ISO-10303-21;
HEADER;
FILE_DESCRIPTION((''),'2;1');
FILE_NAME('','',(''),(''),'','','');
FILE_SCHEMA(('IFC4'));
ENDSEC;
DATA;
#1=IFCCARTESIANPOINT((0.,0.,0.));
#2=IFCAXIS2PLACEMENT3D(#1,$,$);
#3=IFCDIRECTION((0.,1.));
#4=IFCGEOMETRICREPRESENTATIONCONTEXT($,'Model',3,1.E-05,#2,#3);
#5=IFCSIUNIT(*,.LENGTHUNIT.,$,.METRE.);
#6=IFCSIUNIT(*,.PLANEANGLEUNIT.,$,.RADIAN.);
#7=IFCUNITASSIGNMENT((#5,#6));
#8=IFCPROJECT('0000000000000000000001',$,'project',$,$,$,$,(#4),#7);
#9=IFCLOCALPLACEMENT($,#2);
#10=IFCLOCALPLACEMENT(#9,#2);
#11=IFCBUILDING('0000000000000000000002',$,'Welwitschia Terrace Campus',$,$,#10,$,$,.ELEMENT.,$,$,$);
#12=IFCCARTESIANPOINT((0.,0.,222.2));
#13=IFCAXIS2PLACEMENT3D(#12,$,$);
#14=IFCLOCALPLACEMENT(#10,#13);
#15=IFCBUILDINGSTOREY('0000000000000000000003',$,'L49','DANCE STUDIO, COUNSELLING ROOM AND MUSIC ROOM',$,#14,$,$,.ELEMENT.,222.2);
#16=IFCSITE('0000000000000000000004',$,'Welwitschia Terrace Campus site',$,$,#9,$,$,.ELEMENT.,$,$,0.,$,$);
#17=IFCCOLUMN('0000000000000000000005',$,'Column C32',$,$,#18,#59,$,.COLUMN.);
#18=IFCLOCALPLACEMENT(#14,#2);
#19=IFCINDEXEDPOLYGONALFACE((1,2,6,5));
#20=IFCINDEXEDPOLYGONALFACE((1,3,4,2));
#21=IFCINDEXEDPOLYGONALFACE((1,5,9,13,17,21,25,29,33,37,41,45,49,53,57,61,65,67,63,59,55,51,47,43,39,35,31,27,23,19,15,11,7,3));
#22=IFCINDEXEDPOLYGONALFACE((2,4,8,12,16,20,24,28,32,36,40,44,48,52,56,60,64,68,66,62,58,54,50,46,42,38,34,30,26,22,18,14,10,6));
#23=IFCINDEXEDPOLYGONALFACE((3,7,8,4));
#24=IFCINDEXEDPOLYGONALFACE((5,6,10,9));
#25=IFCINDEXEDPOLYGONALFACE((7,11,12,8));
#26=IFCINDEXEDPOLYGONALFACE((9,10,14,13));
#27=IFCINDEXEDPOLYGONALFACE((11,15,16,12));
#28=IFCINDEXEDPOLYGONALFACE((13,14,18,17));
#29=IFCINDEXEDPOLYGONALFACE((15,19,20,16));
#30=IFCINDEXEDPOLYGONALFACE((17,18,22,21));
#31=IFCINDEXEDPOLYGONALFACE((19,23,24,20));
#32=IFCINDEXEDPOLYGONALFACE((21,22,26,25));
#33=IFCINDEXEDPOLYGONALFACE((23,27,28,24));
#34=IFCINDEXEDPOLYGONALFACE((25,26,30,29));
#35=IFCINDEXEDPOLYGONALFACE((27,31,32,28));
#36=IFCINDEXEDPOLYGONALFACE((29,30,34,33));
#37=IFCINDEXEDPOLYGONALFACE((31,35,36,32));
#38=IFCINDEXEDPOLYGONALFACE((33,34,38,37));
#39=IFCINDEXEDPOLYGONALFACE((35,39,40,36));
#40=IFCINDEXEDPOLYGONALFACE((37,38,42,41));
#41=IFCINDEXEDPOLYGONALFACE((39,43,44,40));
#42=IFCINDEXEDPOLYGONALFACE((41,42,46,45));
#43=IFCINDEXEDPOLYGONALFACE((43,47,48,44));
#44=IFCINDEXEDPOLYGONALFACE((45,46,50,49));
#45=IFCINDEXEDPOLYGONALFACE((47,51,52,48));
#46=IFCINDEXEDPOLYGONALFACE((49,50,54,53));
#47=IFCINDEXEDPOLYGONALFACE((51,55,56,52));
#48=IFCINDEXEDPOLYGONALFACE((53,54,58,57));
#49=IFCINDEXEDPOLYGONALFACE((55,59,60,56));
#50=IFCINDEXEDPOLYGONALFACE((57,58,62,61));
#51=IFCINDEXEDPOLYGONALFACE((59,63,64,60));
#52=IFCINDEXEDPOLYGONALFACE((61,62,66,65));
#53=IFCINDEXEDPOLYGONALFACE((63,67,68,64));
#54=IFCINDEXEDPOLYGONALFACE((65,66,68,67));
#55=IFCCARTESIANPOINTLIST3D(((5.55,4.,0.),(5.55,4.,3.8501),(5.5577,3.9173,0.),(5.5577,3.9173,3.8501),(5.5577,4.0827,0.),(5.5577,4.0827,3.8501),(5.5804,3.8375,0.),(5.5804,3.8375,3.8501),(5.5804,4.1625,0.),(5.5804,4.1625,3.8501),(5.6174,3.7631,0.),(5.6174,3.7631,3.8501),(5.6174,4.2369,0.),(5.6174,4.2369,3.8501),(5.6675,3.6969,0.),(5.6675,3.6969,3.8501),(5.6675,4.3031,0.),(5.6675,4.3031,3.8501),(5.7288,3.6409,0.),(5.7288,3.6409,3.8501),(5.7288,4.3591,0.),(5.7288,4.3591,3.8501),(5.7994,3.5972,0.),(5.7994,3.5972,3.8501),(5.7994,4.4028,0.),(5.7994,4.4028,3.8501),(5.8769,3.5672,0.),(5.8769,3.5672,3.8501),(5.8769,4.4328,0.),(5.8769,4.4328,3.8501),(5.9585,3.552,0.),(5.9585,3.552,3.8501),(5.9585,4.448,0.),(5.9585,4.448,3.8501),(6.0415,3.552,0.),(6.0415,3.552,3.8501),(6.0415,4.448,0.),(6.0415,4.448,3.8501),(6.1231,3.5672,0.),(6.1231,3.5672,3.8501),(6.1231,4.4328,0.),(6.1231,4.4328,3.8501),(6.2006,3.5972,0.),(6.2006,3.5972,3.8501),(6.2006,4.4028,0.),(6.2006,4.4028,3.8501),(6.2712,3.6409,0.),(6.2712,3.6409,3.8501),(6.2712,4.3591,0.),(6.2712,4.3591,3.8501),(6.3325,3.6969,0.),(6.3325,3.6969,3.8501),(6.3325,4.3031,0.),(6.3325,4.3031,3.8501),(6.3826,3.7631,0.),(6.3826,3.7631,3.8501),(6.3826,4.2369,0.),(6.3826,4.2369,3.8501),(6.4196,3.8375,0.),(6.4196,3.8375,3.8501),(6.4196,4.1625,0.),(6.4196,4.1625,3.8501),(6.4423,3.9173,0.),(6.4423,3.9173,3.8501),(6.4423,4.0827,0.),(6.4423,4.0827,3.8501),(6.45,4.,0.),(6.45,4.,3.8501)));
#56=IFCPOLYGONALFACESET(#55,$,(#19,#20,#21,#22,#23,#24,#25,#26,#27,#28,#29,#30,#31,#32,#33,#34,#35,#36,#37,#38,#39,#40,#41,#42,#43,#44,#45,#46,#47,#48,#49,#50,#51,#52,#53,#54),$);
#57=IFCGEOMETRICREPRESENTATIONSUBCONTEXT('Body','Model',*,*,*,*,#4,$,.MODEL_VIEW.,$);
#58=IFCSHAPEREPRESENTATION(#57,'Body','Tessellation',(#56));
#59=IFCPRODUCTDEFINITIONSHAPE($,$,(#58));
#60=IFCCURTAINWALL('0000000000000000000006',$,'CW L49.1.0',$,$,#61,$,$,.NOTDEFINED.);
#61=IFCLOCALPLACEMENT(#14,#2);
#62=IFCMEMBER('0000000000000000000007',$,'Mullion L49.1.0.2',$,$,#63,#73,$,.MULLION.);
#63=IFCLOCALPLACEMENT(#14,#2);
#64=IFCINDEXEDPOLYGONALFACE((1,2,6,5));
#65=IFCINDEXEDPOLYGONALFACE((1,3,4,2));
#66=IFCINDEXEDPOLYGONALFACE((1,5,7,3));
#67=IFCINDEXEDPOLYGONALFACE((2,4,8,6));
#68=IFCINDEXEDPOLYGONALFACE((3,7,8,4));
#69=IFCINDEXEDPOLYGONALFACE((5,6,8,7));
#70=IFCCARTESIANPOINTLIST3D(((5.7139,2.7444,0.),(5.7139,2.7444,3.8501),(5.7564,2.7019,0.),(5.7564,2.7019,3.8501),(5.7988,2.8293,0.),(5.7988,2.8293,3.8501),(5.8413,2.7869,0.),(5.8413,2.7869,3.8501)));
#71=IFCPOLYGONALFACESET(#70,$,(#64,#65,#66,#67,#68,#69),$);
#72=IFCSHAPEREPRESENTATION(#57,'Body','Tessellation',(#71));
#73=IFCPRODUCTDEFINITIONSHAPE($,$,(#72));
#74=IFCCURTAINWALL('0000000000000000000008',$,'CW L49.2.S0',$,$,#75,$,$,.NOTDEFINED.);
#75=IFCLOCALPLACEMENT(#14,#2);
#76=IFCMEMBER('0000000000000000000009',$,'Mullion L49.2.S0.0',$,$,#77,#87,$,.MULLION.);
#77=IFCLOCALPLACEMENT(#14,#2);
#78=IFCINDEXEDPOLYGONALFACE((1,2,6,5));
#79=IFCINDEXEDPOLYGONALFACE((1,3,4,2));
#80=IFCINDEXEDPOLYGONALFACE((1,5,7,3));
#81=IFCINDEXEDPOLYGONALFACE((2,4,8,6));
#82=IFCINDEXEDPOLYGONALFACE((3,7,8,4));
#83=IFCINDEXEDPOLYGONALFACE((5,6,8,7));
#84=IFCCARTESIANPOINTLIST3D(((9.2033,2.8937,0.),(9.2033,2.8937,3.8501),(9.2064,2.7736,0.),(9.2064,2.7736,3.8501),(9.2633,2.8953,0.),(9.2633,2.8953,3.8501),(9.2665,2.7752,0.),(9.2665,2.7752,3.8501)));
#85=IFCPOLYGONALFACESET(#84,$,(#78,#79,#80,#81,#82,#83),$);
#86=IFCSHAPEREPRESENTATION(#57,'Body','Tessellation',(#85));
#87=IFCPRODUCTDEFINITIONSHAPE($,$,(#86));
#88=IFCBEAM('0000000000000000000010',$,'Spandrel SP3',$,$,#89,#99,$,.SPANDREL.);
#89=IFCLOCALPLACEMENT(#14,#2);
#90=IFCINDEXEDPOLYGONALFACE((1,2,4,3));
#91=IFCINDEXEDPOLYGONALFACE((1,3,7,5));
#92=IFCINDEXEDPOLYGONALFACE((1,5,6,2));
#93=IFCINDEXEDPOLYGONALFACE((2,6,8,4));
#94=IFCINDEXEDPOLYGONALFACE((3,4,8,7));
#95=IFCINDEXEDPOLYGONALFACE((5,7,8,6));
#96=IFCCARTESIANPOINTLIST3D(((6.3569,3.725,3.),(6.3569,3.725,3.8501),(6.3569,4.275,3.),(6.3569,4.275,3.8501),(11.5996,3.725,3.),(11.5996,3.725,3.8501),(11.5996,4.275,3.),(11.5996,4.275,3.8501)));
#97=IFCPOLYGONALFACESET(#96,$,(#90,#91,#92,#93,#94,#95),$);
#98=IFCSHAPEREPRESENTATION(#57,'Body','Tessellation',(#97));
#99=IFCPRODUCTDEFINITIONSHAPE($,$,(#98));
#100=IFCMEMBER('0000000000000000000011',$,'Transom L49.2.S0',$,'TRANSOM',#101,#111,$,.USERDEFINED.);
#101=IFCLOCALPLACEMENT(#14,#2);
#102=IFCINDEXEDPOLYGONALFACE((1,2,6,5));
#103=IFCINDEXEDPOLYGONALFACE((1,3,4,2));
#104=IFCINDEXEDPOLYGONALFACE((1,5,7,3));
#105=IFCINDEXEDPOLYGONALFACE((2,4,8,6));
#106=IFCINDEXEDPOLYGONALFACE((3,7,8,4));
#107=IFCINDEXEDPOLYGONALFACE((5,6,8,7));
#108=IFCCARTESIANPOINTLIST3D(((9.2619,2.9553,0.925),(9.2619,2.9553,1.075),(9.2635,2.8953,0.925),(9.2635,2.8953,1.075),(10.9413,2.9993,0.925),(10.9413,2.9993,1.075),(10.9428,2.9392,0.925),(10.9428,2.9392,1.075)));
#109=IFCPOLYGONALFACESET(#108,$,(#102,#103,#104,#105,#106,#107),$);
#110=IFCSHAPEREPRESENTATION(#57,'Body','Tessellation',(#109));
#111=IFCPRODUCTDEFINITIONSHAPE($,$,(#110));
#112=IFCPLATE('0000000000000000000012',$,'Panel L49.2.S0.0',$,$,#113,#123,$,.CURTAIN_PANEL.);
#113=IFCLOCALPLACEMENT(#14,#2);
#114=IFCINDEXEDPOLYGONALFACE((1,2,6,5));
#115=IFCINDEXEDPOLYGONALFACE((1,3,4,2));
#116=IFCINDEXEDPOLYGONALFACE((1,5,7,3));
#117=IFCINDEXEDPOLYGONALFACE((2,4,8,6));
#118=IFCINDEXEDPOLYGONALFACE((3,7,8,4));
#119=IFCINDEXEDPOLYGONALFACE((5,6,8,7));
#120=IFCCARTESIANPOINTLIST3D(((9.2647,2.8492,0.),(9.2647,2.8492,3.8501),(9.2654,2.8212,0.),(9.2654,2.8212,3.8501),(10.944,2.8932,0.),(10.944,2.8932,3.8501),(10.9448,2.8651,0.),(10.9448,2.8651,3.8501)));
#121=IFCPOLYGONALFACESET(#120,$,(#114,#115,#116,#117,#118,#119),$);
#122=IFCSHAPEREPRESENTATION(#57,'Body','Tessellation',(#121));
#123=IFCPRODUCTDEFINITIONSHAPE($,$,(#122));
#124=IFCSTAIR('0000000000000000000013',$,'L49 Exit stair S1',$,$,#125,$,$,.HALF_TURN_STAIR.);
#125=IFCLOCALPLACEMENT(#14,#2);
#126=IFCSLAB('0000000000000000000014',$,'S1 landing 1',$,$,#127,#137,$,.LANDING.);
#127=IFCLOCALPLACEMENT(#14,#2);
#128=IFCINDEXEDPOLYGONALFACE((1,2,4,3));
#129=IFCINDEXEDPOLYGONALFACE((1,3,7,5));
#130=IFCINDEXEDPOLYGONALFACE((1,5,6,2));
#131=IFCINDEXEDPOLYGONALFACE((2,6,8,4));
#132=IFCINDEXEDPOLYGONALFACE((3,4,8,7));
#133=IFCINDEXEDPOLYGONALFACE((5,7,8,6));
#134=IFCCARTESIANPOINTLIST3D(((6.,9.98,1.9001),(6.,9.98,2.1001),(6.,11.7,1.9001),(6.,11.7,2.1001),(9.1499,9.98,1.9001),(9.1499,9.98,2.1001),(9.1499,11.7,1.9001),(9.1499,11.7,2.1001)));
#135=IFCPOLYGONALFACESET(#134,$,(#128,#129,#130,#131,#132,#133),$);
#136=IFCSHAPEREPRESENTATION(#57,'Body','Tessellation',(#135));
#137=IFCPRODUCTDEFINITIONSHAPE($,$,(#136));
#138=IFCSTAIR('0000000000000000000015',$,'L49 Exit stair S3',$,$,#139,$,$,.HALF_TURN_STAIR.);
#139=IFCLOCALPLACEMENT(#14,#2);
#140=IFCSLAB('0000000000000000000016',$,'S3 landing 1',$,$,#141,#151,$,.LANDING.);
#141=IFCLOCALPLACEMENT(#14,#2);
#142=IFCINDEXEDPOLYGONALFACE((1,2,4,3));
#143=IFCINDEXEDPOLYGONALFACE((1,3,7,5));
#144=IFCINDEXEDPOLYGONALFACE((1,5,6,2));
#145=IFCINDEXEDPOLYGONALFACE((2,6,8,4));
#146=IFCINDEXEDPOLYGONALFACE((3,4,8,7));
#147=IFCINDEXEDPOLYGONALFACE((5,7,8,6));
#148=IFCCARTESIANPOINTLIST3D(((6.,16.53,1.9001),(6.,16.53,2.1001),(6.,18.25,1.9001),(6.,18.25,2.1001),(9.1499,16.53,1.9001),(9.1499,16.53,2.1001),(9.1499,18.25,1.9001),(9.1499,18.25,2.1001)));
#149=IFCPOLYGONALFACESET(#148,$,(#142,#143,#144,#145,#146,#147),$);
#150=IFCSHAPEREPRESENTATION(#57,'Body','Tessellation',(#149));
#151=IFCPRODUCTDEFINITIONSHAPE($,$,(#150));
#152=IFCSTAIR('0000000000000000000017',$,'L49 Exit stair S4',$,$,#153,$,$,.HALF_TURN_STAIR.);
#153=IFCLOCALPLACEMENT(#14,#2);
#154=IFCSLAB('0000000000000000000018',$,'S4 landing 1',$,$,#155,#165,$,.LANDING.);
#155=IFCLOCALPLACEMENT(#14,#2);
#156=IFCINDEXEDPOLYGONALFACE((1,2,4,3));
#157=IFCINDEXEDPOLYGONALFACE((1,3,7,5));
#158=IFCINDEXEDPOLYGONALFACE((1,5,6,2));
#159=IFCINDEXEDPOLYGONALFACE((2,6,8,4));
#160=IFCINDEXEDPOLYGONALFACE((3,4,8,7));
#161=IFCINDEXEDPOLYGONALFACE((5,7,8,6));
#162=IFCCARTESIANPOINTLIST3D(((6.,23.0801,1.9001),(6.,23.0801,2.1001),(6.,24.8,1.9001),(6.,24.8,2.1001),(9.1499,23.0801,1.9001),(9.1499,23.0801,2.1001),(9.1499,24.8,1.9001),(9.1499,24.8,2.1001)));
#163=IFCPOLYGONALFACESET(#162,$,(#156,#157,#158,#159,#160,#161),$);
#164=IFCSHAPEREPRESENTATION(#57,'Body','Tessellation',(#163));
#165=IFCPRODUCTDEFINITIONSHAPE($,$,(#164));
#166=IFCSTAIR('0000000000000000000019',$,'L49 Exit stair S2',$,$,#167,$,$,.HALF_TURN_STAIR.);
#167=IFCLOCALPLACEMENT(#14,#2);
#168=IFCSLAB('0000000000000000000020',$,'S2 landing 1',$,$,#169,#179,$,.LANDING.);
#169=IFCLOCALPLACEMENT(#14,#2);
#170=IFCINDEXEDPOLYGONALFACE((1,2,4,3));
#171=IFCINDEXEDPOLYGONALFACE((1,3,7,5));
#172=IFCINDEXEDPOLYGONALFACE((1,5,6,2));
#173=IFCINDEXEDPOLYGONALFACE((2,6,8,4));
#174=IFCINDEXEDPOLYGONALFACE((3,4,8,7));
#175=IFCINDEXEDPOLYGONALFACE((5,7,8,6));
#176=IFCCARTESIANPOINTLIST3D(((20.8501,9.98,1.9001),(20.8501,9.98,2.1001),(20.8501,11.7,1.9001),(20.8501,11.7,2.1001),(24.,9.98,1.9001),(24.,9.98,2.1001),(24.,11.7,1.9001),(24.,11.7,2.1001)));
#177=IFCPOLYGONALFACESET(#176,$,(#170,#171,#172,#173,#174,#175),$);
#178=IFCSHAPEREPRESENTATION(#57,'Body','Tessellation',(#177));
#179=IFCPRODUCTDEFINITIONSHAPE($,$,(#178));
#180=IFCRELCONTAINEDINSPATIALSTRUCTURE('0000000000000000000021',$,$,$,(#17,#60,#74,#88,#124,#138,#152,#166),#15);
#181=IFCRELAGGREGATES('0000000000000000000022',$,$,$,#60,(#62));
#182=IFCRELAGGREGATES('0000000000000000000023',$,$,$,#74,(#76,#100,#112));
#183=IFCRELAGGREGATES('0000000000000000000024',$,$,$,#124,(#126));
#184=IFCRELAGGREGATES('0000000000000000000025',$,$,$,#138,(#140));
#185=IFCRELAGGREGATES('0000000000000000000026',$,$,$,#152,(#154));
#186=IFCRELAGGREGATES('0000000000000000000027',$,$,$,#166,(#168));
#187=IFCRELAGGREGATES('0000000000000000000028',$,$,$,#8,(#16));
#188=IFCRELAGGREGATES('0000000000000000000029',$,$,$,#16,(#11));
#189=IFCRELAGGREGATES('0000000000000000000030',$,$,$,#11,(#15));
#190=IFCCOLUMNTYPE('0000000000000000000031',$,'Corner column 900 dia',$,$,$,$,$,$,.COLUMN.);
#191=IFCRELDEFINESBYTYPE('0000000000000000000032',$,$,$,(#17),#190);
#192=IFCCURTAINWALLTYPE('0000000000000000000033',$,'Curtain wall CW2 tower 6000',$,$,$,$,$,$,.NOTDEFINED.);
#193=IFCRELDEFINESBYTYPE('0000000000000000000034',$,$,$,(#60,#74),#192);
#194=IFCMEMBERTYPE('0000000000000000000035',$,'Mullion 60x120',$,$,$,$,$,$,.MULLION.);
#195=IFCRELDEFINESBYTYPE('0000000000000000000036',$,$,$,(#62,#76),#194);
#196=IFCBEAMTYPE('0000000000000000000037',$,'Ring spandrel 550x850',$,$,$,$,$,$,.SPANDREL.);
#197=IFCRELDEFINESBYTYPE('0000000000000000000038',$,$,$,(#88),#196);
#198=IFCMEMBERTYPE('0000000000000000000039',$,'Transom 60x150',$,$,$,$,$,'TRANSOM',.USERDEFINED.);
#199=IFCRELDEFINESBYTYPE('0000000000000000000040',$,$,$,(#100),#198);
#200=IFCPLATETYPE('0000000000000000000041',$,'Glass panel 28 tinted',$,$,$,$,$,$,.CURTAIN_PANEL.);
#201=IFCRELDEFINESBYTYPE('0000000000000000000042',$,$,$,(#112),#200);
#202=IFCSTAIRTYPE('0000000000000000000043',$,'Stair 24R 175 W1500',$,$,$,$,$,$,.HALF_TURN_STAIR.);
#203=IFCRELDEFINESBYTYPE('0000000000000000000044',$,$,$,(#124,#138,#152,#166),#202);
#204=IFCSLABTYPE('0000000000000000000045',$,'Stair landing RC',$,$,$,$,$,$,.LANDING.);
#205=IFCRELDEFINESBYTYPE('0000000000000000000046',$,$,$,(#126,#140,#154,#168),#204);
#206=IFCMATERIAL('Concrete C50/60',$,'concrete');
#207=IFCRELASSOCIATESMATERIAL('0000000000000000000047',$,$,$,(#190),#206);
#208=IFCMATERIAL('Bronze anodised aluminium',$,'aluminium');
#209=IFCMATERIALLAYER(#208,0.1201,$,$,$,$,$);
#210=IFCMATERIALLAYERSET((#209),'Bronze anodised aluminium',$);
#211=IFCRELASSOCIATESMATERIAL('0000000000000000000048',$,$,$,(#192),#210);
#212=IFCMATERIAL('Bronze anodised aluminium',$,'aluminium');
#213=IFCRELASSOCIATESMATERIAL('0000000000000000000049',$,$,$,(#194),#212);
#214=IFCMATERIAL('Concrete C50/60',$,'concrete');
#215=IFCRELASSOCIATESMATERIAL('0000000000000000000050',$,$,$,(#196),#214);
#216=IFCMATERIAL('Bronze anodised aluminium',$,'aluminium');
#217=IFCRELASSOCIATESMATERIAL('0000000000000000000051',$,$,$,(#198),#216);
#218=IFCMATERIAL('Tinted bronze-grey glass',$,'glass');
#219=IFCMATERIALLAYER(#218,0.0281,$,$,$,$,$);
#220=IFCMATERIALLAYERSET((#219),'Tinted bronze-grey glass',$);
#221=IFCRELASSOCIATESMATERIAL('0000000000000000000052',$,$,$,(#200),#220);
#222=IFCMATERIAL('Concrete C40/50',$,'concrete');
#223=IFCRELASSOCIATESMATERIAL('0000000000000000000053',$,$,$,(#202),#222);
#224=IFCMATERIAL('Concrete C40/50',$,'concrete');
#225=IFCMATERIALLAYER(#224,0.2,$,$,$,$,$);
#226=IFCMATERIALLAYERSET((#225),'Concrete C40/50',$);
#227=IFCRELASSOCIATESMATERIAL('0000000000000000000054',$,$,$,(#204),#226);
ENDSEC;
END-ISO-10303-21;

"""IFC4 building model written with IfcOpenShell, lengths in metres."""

from ifc_helpers import new_model, si_unit, direction, frame, origin, origin_2d, place, context, subcontext, project, spatial, polyline, rectangle, circle, outline, extrude, material, layer, layer_set, material_profile, profile_set, type_object, element, aggregate, save


model = new_model("IFC4")

# Units and contexts
model_context = context("Model", 3, precision=1e-05, world=origin(), true_north=direction((0.0, 1.0)))
body_context = subcontext(model_context, "Body", "Model", "MODEL_VIEW")
ifc_project = project(units=[si_unit("LENGTHUNIT", "METRE"), si_unit("PLANEANGLEUNIT", "RADIAN")], contexts=[model_context])

# Site, building, storey
site_placement = place(None, origin())
site = spatial("IfcSite", under=ifc_project, at=site_placement, Name="Welwitschia Terrace Campus site", CompositionType="ELEMENT", RefElevation=0.0)
building_placement = place(site_placement, origin())
building = spatial("IfcBuilding", under=site, at=building_placement, Name="Welwitschia Terrace Campus", CompositionType="ELEMENT")
storey_placement = place(building_placement, frame((0.0, 0.0, 222.2)))
storey = spatial("IfcBuildingStorey", under=building, at=storey_placement, Name="L49", Description="DANCE STUDIO, COUNSELLING ROOM AND MUSIC ROOM", CompositionType="ELEMENT", Elevation=222.2)

# Column
ifc_material_1 = material(Name="Concrete C50/60", Category="concrete")
ifc_material_profile_1 = material_profile(ifc_material_1, circle(Radius=0.45, at=origin_2d()))
ifc_profile_set_1 = profile_set([ifc_material_profile_1], Name="Concrete C50/60")
column_type = type_object("IfcColumnType", Name="Corner column 900 dia", PredefinedType="COLUMN", material=ifc_profile_set_1)
column_placement = place(storey_placement, frame((6.0, 4.0, 0.0), z_axis=(0.0, 0.0, 1.0), x_axis=(1.0, 0.0, 0.0)))
element("IfcColumn", 1, at=column_placement, inside=storey, type_object=column_type, Name="Column C32", PredefinedType="COLUMN", context=body_context, shape_type="SweptSolid", body=[
    extrude(circle(Radius=0.45, at=origin_2d()), origin(), (0.0, 0.0, 1.0), 3.8501),
])

# Curtain walls, members
ifc_material_2 = material(Name="Bronze anodised aluminium", Category="aluminium")
ifc_layer_1 = layer(ifc_material_2, 0.1201)
ifc_layer_set_1 = layer_set([ifc_layer_1], Name="Bronze anodised aluminium")
curtain_wall_type = type_object("IfcCurtainWallType", Name="Curtain wall CW2 tower 6000", PredefinedType="NOTDEFINED", material=ifc_layer_set_1)
curtain_wall_1_placement = place(storey_placement, origin())
curtain_wall_1 = element("IfcCurtainWall", 2, at=curtain_wall_1_placement, inside=storey, type_object=curtain_wall_type, Name="CW L49.1.0", PredefinedType="NOTDEFINED")
ifc_material_3 = material(Name="Bronze anodised aluminium", Category="aluminium")
ifc_material_profile_2 = material_profile(ifc_material_3, rectangle(XDim=0.1201, YDim=0.0601, at=origin_2d()))
ifc_profile_set_2 = profile_set([ifc_material_profile_2], Name="Bronze anodised aluminium")
member_type_1 = type_object("IfcMemberType", Name="Mullion 60x120", PredefinedType="MULLION", material=ifc_profile_set_2)
member_1_placement = place(storey_placement, frame((5.7776, 2.7656, 0.0), z_axis=(0.0, 0.0, 1.0), x_axis=(0.707107, 0.707107, 0.0)))
member_1 = element("IfcMember", 3, at=member_1_placement, type_object=member_type_1, Name="Mullion L49.1.0.2", PredefinedType="MULLION", context=body_context, shape_type="SweptSolid", body=[
    extrude(rectangle(XDim=0.1201, YDim=0.0601, at=origin_2d()), origin(), (0.0, 0.0, 1.0), 3.8501),
])
aggregate(curtain_wall_1, [member_1])
curtain_wall_2_placement = place(storey_placement, origin())
curtain_wall_2 = element("IfcCurtainWall", 4, at=curtain_wall_2_placement, inside=storey, type_object=curtain_wall_type, Name="CW L49.2.S0", PredefinedType="NOTDEFINED")
member_2_placement = place(storey_placement, frame((9.2349, 2.8345, 0.0), z_axis=(0.0, 0.0, 1.0), x_axis=(-0.026177, 0.999657, 0.0)))
member_2 = element("IfcMember", 5, at=member_2_placement, type_object=member_type_1, Name="Mullion L49.2.S0.0", PredefinedType="MULLION", context=body_context, shape_type="SweptSolid", body=[
    extrude(rectangle(XDim=0.1201, YDim=0.0601, at=origin_2d()), origin(), (0.0, 0.0, 1.0), 3.8501),
])

# Beam
ifc_material_4 = material(Name="Concrete C50/60", Category="concrete")
ifc_material_profile_3 = material_profile(ifc_material_4, rectangle(XDim=0.55, YDim=0.8501, at=origin_2d()))
ifc_profile_set_3 = profile_set([ifc_material_profile_3], Name="Concrete C50/60")
beam_type = type_object("IfcBeamType", Name="Ring spandrel 550x850", PredefinedType="SPANDREL", material=ifc_profile_set_3)
beam_placement = place(storey_placement, frame((6.3569, 4.0, 3.425), z_axis=(1.0, 0.0, 0.0), x_axis=(0.0, 1.0, 0.0)))
element("IfcBeam", 6, at=beam_placement, inside=storey, type_object=beam_type, Name="Spandrel SP3", PredefinedType="SPANDREL", context=body_context, shape_type="SweptSolid", body=[
    extrude(rectangle(XDim=0.55, YDim=0.8501, at=origin_2d()), origin(), (0.0, 0.0, 1.0), 5.2427),
])

# Member
ifc_material_5 = material(Name="Bronze anodised aluminium", Category="aluminium")
ifc_material_profile_4 = material_profile(ifc_material_5, rectangle(XDim=0.0601, YDim=0.1499, at=origin_2d()))
ifc_profile_set_4 = profile_set([ifc_material_profile_4], Name="Bronze anodised aluminium")
member_type_2 = type_object("IfcMemberType", Name="Transom 60x150", ElementType="TRANSOM", PredefinedType="USERDEFINED", material=ifc_profile_set_4)
member_3_placement = place(storey_placement, frame((9.2627, 2.9253, 1.0), z_axis=(0.999658, 0.026158, 0.0), x_axis=(-0.026158, 0.999658, 0.0)))
member_3 = element("IfcMember", 7, at=member_3_placement, type_object=member_type_2, Name="Transom L49.2.S0", ObjectType="TRANSOM", PredefinedType="USERDEFINED", context=body_context, shape_type="SweptSolid", body=[
    extrude(rectangle(XDim=0.0601, YDim=0.1499, at=origin_2d()), origin(), (0.0, 0.0, 1.0), 1.6799),
])

# Plate
ifc_material_6 = material(Name="Tinted bronze-grey glass", Category="glass")
ifc_layer_2 = layer(ifc_material_6, 0.0281)
ifc_layer_set_2 = layer_set([ifc_layer_2], Name="Tinted bronze-grey glass")
plate_type = type_object("IfcPlateType", Name="Glass panel 28 tinted", PredefinedType="CURTAIN_PANEL", material=ifc_layer_set_2)
plate_placement = place(storey_placement, frame((10.1047, 2.8572, 0.0), z_axis=(0.0, 0.0, 1.0), x_axis=(0.999657, 0.026177, 0.0)))
plate = element("IfcPlate", 8, at=plate_placement, type_object=plate_type, Name="Panel L49.2.S0.0", PredefinedType="CURTAIN_PANEL", context=body_context, shape_type="SweptSolid", body=[
    extrude(rectangle(XDim=1.6799, YDim=0.0281, at=origin_2d()), origin(), (0.0, 0.0, 1.0), 3.8501),
])
aggregate(curtain_wall_2, [member_2, member_3, plate])

# Stairs, slabs
ifc_material_7 = material(Name="Concrete C40/50", Category="concrete")
stair_type = type_object("IfcStairType", Name="Stair 24R 175 W1500", PredefinedType="HALF_TURN_STAIR", material=ifc_material_7)
stair_1_placement = place(storey_placement, origin())
stair_1 = element("IfcStair", 9, at=stair_1_placement, inside=storey, type_object=stair_type, Name="L49 Exit stair S1", PredefinedType="HALF_TURN_STAIR")
ifc_material_8 = material(Name="Concrete C40/50", Category="concrete")
ifc_layer_3 = layer(ifc_material_8, 0.2)
ifc_layer_set_3 = layer_set([ifc_layer_3], Name="Concrete C40/50")
slab_type_1 = type_object("IfcSlabType", Name="Stair landing RC", PredefinedType="LANDING", material=ifc_layer_set_3)
slab_1_placement = place(storey_placement, frame((0.0, 0.0, 1.9001)))
slab_1 = element("IfcSlab", 10, at=slab_1_placement, type_object=slab_type_1, Name="S1 landing 1", PredefinedType="LANDING", context=body_context, shape_type="SweptSolid", body=[
    extrude(outline(polyline([(9.1499, 9.98), (9.1499, 11.7), (6.0, 11.7), (6.0, 9.98), (9.1499, 9.98)])), origin(), (0.0, 0.0, 1.0), 0.2),
])
aggregate(stair_1, [slab_1])
stair_2_placement = place(storey_placement, origin())
stair_2 = element("IfcStair", 11, at=stair_2_placement, inside=storey, type_object=stair_type, Name="L49 Exit stair S3", PredefinedType="HALF_TURN_STAIR")
slab_2_placement = place(storey_placement, frame((0.0, 0.0, 1.9001)))
slab_2 = element("IfcSlab", 12, at=slab_2_placement, type_object=slab_type_1, Name="S3 landing 1", PredefinedType="LANDING", context=body_context, shape_type="SweptSolid", body=[
    extrude(outline(polyline([(9.1499, 16.53), (9.1499, 18.25), (6.0, 18.25), (6.0, 16.53), (9.1499, 16.53)])), origin(), (0.0, 0.0, 1.0), 0.2),
])
aggregate(stair_2, [slab_2])
stair_3_placement = place(storey_placement, origin())
stair_3 = element("IfcStair", 13, at=stair_3_placement, inside=storey, type_object=stair_type, Name="L49 Exit stair S4", PredefinedType="HALF_TURN_STAIR")
slab_3_placement = place(storey_placement, frame((0.0, 0.0, 1.9001)))
slab_3 = element("IfcSlab", 14, at=slab_3_placement, type_object=slab_type_1, Name="S4 landing 1", PredefinedType="LANDING", context=body_context, shape_type="SweptSolid", body=[
    extrude(outline(polyline([(9.1499, 23.0801), (9.1499, 24.8), (6.0, 24.8), (6.0, 23.0801), (9.1499, 23.0801)])), origin(), (0.0, 0.0, 1.0), 0.2),
])
aggregate(stair_3, [slab_3])
stair_4_placement = place(storey_placement, origin())
stair_4 = element("IfcStair", 15, at=stair_4_placement, inside=storey, type_object=stair_type, Name="L49 Exit stair S2", PredefinedType="HALF_TURN_STAIR")
slab_4_placement = place(storey_placement, frame((0.0, 0.0, 1.9001)))
slab_4 = element("IfcSlab", 16, at=slab_4_placement, type_object=slab_type_1, Name="S2 landing 1", PredefinedType="LANDING", context=body_context, shape_type="SweptSolid", body=[
    extrude(outline(polyline([(24.0, 9.98), (24.0, 11.7), (20.8501, 11.7), (20.8501, 9.98), (24.0, 9.98)])), origin(), (0.0, 0.0, 1.0), 0.2),
])
aggregate(stair_4, [slab_4])

save(model, "model.ifc")
